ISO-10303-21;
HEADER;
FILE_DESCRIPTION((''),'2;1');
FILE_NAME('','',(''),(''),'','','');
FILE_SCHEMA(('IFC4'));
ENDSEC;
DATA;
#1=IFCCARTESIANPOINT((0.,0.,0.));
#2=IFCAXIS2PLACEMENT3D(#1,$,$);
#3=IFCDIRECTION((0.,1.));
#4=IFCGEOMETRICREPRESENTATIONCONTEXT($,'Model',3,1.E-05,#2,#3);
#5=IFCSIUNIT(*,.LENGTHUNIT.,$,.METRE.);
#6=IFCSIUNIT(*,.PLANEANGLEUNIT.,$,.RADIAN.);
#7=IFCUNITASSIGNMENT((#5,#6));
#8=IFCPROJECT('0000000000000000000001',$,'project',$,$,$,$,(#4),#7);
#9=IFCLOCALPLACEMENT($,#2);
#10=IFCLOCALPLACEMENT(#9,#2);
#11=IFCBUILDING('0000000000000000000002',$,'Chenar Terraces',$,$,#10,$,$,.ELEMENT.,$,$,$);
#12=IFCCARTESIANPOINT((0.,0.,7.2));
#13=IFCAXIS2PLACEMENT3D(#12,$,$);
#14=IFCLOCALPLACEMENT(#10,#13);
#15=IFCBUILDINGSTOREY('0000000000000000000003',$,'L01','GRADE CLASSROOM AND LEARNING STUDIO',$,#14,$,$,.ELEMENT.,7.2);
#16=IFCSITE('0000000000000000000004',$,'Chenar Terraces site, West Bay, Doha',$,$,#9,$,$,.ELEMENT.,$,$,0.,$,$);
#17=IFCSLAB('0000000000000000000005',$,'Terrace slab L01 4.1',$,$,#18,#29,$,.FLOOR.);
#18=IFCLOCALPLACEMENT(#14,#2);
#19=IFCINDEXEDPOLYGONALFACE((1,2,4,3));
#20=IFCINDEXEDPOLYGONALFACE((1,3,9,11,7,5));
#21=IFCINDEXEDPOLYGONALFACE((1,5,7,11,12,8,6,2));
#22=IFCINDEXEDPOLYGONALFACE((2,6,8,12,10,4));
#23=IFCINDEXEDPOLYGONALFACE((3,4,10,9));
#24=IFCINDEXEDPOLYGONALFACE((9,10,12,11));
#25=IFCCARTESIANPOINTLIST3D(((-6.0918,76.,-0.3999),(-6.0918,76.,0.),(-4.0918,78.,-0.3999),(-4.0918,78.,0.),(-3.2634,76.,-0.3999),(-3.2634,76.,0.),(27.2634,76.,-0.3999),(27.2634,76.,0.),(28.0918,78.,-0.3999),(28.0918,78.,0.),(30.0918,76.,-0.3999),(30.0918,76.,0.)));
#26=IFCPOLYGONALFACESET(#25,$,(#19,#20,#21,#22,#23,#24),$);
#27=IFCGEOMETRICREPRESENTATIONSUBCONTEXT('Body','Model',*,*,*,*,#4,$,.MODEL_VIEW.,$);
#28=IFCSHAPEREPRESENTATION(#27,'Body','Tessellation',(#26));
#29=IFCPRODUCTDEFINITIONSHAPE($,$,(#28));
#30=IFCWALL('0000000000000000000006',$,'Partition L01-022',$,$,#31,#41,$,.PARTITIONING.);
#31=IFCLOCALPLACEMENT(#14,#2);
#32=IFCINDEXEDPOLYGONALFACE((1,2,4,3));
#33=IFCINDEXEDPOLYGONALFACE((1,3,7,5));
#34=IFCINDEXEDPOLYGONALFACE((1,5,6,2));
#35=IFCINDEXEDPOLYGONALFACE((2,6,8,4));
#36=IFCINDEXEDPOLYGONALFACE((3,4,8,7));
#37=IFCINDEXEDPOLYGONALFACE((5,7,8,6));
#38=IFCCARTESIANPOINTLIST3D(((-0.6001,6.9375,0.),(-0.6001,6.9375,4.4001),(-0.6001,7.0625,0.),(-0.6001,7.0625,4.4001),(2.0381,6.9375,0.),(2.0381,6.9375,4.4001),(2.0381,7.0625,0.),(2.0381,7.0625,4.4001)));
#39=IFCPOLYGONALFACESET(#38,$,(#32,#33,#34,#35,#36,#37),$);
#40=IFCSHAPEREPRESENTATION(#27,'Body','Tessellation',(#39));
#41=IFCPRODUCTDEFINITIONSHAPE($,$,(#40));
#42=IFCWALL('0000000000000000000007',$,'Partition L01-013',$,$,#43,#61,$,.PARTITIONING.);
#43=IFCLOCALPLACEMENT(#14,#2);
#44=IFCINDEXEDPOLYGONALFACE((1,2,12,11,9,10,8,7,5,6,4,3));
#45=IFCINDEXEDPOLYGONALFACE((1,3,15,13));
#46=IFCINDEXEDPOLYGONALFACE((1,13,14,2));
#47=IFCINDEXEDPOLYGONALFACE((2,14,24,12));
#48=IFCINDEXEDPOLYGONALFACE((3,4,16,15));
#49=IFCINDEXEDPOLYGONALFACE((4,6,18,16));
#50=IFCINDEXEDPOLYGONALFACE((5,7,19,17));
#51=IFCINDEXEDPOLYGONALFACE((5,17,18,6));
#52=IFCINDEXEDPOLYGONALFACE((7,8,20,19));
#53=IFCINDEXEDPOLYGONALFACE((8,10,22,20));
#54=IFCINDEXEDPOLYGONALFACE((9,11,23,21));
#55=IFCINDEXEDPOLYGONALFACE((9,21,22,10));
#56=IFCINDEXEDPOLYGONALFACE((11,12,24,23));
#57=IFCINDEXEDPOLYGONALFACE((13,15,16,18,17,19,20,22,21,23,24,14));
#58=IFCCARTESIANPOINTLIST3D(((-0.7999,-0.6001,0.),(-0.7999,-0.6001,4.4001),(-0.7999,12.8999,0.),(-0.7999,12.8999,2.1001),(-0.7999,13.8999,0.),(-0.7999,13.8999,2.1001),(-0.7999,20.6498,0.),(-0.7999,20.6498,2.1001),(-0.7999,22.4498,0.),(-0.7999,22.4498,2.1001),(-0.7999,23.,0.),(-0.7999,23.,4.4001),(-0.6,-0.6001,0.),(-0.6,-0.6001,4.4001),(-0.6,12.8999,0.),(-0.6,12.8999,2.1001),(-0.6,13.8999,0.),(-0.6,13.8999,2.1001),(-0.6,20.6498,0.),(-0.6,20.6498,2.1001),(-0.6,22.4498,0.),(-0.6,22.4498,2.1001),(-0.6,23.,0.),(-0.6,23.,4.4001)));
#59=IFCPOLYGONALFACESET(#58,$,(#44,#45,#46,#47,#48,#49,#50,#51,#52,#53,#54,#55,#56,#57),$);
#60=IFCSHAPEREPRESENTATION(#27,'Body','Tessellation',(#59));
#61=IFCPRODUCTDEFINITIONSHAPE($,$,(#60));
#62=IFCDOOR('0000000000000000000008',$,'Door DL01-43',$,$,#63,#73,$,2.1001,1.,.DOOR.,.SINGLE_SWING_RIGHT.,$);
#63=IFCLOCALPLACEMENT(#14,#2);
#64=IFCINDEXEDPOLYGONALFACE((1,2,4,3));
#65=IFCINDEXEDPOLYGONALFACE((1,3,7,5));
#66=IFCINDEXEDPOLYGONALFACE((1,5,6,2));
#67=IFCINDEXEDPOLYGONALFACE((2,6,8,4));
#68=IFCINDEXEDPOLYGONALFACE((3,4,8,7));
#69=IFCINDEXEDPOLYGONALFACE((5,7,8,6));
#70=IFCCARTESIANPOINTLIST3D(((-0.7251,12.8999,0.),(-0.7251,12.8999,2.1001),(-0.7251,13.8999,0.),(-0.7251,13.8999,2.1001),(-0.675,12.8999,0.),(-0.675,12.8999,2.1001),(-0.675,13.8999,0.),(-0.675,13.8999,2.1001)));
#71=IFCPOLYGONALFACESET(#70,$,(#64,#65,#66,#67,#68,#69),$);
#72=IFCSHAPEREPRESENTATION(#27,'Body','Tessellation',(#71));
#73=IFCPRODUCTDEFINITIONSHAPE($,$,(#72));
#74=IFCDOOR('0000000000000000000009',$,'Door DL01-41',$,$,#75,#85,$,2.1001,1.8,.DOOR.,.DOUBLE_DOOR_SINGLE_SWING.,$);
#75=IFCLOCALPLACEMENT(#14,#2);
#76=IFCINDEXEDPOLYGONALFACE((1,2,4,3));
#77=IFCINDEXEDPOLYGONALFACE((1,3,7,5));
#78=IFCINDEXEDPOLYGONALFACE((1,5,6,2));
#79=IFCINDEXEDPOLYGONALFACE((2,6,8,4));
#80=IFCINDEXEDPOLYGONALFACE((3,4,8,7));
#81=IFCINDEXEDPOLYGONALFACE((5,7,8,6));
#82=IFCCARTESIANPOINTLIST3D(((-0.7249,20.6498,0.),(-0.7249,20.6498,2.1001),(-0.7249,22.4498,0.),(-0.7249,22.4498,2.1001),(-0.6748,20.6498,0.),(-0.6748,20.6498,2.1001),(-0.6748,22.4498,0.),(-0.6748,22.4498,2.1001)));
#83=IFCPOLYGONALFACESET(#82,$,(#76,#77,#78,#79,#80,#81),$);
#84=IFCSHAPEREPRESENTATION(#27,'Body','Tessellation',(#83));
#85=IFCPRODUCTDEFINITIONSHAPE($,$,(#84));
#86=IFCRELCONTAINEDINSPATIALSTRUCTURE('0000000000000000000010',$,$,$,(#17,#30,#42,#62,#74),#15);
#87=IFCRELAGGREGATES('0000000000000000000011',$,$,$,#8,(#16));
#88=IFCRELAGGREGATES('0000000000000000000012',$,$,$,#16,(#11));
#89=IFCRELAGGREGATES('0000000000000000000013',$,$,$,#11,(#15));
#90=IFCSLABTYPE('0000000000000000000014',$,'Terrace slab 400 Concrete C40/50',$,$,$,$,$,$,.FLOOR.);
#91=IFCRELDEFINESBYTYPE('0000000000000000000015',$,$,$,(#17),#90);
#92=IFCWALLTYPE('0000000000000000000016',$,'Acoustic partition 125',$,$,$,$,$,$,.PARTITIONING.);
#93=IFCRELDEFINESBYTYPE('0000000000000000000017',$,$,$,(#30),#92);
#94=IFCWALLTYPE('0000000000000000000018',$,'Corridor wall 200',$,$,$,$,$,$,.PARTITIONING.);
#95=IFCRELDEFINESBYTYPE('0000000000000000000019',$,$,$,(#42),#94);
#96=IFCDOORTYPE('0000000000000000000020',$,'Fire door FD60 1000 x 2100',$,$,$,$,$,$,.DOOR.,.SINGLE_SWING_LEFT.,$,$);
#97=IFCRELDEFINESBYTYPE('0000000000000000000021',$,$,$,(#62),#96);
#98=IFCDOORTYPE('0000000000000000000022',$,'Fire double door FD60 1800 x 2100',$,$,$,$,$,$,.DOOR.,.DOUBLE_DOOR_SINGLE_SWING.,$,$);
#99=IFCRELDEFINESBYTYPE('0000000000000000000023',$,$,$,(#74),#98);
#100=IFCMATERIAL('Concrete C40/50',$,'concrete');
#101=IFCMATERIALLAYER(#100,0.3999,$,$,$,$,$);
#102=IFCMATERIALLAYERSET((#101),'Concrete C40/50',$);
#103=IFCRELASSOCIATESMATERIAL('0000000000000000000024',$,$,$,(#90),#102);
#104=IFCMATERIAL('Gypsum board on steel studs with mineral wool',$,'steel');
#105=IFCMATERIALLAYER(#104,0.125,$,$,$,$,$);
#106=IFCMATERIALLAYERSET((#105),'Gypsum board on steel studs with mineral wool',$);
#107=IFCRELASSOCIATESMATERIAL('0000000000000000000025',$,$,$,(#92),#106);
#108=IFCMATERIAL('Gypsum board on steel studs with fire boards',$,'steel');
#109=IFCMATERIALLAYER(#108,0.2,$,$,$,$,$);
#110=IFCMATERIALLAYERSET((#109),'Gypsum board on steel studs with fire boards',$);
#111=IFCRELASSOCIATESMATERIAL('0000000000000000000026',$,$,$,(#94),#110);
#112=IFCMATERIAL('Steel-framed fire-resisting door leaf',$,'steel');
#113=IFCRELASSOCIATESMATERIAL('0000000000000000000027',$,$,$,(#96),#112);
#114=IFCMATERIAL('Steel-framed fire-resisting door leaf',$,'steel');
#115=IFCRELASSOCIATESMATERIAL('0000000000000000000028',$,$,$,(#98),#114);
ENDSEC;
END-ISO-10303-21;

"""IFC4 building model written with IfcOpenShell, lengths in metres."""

from ifc_helpers import new_model, si_unit, direction, frame, frame_2d, origin, place, context, subcontext, project, spatial, polyline, rectangle, outline, extrude, material, layer, layer_set, type_object, element, fill, save


model = new_model("IFC4")

# Units and contexts
model_context = context("Model", 3, precision=1e-05, world=origin(), true_north=direction((0.0, 1.0)))
body_context = subcontext(model_context, "Body", "Model", "MODEL_VIEW")
ifc_project = project(units=[si_unit("LENGTHUNIT", "METRE"), si_unit("PLANEANGLEUNIT", "RADIAN")], contexts=[model_context])

# Site, building, storey
site_placement = place(None, origin())
site = spatial("IfcSite", under=ifc_project, at=site_placement, Name="Chenar Terraces site, West Bay, Doha", CompositionType="ELEMENT", RefElevation=0.0)
building_placement = place(site_placement, origin())
building = spatial("IfcBuilding", under=site, at=building_placement, Name="Chenar Terraces", CompositionType="ELEMENT")
storey_placement = place(building_placement, frame((0.0, 0.0, 7.2)))
storey = spatial("IfcBuildingStorey", under=building, at=storey_placement, Name="L01", Description="GRADE CLASSROOM AND LEARNING STUDIO", CompositionType="ELEMENT", Elevation=7.2)

# Slab
placement_1 = place(storey_placement, frame((0.0, 0.0, -0.3999)))
ifc_material_1 = material(Name="Concrete C40/50", Category="concrete")
ifc_layer_1 = layer(ifc_material_1, 0.3999)
ifc_layer_set_1 = layer_set([ifc_layer_1], Name="Concrete C40/50")
slab_type_1 = type_object("IfcSlabType", Name="Terrace slab 400 Concrete C40/50", PredefinedType="FLOOR", material=ifc_layer_set_1)
element("IfcSlab", 1, at=placement_1, inside=storey, type_object=slab_type_1, Name="Terrace slab L01 4.1", PredefinedType="FLOOR", context=body_context, shape_type="SweptSolid", body=[
    extrude(outline(polyline([(-4.0918, 78.0), (28.0918, 78.0), (30.0918, 76.0), (27.2634, 76.0), (-3.2634, 76.0), (-6.0918, 76.0), (-4.0918, 78.0)])), origin(), (0.0, 0.0, 1.0), 0.3999),
])

# Wall
ifc_material_2 = material(Name="Gypsum board on steel studs with mineral wool", Category="steel")
ifc_layer_2 = layer(ifc_material_2, 0.125)
ifc_layer_set_2 = layer_set([ifc_layer_2], Name="Gypsum board on steel studs with mineral wool")
wall_type_1 = type_object("IfcWallType", Name="Acoustic partition 125", PredefinedType="PARTITIONING", material=ifc_layer_set_2)
wall_1_placement = place(storey_placement, frame((-0.6001, 7.0, 0.0), z_axis=(0.0, 0.0, 1.0), x_axis=(1.0, 0.0, 0.0)))
element("IfcWall", 2, at=wall_1_placement, inside=storey, type_object=wall_type_1, Name="Partition L01-022", PredefinedType="PARTITIONING", context=body_context, shape_type="SweptSolid", body=[
    extrude(rectangle(XDim=2.6382, YDim=0.125, at=frame_2d((1.3191, 0.0))), origin(), (0.0, 0.0, 1.0), 4.4001),
])

# Wall, openings, doors
ifc_material_3 = material(Name="Gypsum board on steel studs with fire boards", Category="steel")
ifc_layer_3 = layer(ifc_material_3, 0.2)
ifc_layer_set_3 = layer_set([ifc_layer_3], Name="Gypsum board on steel studs with fire boards")
wall_type_2 = type_object("IfcWallType", Name="Corridor wall 200", PredefinedType="PARTITIONING", material=ifc_layer_set_3)
wall_2_placement = place(storey_placement, frame((-0.7, -0.6001, 0.0), z_axis=(0.0, 0.0, 1.0), x_axis=(0.0, 1.0, 0.0)))
wall_2 = element("IfcWall", 3, at=wall_2_placement, inside=storey, type_object=wall_type_2, Name="Partition L01-013", PredefinedType="PARTITIONING", context=body_context, shape_type="SweptSolid", body=[
    extrude(rectangle(XDim=23.6001, YDim=0.2, at=frame_2d((11.8, 0.0))), origin(), (0.0, 0.0, 1.0), 4.4001),
])
opening_1_placement = place(wall_2_placement, frame((21.25, 0.0, 0.0)))
opening_1 = element("IfcOpeningElement", 4, at=opening_1_placement, cuts=wall_2, PredefinedType="OPENING", context=body_context, shape_type="SweptSolid", body=[
    extrude(rectangle(XDim=1.8, YDim=2.1001, at=frame_2d((0.8999, 1.05))), frame((0.0, 0.1099, 0.0), z_axis=(0.0, -1.0, 0.0), x_axis=(1.0, 0.0, 0.0)), (0.0, 0.0, 1.0), 0.22),
])
opening_2_placement = place(wall_2_placement, frame((13.5, 0.0, 0.0)))
opening_2 = element("IfcOpeningElement", 5, at=opening_2_placement, cuts=wall_2, PredefinedType="OPENING", context=body_context, shape_type="SweptSolid", body=[
    extrude(rectangle(XDim=1.0, YDim=2.1001, at=frame_2d((0.5, 1.05))), frame((0.0, 0.1099, 0.0), z_axis=(0.0, -1.0, 0.0), x_axis=(1.0, 0.0, 0.0)), (0.0, 0.0, 1.0), 0.22),
])
ifc_material_4 = material(Name="Steel-framed fire-resisting door leaf", Category="steel")
door_type_1 = type_object("IfcDoorType", Name="Fire door FD60 1000 x 2100", OperationType="SINGLE_SWING_LEFT", PredefinedType="DOOR", material=ifc_material_4)
door_1_placement = place(opening_2_placement, frame((1.0, 0.0, 0.0), z_axis=(0.0, 0.0, 1.0), x_axis=(-1.0, 0.0, 0.0)))
door_1 = element("IfcDoor", 6, at=door_1_placement, inside=storey, type_object=door_type_1, Name="Door DL01-43", OperationType="SINGLE_SWING_RIGHT", OverallHeight=2.1001, OverallWidth=1.0, PredefinedType="DOOR", context=body_context, shape_type="SweptSolid", body=[
    extrude(rectangle(XDim=1.0, YDim=2.1001, at=frame_2d((0.5, 1.05))), frame((0.0, 0.0249, 0.0), z_axis=(0.0, -1.0, 0.0), x_axis=(1.0, 0.0, 0.0)), (0.0, 0.0, 1.0), 0.05),
])
fill(opening_2, door_1)
ifc_material_5 = material(Name="Steel-framed fire-resisting door leaf", Category="steel")
door_type_2 = type_object("IfcDoorType", Name="Fire double door FD60 1800 x 2100", OperationType="DOUBLE_DOOR_SINGLE_SWING", PredefinedType="DOOR", material=ifc_material_5)
door_2_placement = place(opening_1_placement, origin())
door_2 = element("IfcDoor", 7, at=door_2_placement, inside=storey, type_object=door_type_2, Name="Door DL01-41", OperationType="DOUBLE_DOOR_SINGLE_SWING", OverallHeight=2.1001, OverallWidth=1.8, PredefinedType="DOOR", context=body_context, shape_type="SweptSolid", body=[
    extrude(rectangle(XDim=1.8, YDim=2.1001, at=frame_2d((0.8999, 1.05))), frame((0.0, 0.0249, 0.0), z_axis=(0.0, -1.0, 0.0), x_axis=(1.0, 0.0, 0.0)), (0.0, 0.0, 1.0), 0.05),
])
fill(opening_1, door_2)

save(model, "model.ifc")
